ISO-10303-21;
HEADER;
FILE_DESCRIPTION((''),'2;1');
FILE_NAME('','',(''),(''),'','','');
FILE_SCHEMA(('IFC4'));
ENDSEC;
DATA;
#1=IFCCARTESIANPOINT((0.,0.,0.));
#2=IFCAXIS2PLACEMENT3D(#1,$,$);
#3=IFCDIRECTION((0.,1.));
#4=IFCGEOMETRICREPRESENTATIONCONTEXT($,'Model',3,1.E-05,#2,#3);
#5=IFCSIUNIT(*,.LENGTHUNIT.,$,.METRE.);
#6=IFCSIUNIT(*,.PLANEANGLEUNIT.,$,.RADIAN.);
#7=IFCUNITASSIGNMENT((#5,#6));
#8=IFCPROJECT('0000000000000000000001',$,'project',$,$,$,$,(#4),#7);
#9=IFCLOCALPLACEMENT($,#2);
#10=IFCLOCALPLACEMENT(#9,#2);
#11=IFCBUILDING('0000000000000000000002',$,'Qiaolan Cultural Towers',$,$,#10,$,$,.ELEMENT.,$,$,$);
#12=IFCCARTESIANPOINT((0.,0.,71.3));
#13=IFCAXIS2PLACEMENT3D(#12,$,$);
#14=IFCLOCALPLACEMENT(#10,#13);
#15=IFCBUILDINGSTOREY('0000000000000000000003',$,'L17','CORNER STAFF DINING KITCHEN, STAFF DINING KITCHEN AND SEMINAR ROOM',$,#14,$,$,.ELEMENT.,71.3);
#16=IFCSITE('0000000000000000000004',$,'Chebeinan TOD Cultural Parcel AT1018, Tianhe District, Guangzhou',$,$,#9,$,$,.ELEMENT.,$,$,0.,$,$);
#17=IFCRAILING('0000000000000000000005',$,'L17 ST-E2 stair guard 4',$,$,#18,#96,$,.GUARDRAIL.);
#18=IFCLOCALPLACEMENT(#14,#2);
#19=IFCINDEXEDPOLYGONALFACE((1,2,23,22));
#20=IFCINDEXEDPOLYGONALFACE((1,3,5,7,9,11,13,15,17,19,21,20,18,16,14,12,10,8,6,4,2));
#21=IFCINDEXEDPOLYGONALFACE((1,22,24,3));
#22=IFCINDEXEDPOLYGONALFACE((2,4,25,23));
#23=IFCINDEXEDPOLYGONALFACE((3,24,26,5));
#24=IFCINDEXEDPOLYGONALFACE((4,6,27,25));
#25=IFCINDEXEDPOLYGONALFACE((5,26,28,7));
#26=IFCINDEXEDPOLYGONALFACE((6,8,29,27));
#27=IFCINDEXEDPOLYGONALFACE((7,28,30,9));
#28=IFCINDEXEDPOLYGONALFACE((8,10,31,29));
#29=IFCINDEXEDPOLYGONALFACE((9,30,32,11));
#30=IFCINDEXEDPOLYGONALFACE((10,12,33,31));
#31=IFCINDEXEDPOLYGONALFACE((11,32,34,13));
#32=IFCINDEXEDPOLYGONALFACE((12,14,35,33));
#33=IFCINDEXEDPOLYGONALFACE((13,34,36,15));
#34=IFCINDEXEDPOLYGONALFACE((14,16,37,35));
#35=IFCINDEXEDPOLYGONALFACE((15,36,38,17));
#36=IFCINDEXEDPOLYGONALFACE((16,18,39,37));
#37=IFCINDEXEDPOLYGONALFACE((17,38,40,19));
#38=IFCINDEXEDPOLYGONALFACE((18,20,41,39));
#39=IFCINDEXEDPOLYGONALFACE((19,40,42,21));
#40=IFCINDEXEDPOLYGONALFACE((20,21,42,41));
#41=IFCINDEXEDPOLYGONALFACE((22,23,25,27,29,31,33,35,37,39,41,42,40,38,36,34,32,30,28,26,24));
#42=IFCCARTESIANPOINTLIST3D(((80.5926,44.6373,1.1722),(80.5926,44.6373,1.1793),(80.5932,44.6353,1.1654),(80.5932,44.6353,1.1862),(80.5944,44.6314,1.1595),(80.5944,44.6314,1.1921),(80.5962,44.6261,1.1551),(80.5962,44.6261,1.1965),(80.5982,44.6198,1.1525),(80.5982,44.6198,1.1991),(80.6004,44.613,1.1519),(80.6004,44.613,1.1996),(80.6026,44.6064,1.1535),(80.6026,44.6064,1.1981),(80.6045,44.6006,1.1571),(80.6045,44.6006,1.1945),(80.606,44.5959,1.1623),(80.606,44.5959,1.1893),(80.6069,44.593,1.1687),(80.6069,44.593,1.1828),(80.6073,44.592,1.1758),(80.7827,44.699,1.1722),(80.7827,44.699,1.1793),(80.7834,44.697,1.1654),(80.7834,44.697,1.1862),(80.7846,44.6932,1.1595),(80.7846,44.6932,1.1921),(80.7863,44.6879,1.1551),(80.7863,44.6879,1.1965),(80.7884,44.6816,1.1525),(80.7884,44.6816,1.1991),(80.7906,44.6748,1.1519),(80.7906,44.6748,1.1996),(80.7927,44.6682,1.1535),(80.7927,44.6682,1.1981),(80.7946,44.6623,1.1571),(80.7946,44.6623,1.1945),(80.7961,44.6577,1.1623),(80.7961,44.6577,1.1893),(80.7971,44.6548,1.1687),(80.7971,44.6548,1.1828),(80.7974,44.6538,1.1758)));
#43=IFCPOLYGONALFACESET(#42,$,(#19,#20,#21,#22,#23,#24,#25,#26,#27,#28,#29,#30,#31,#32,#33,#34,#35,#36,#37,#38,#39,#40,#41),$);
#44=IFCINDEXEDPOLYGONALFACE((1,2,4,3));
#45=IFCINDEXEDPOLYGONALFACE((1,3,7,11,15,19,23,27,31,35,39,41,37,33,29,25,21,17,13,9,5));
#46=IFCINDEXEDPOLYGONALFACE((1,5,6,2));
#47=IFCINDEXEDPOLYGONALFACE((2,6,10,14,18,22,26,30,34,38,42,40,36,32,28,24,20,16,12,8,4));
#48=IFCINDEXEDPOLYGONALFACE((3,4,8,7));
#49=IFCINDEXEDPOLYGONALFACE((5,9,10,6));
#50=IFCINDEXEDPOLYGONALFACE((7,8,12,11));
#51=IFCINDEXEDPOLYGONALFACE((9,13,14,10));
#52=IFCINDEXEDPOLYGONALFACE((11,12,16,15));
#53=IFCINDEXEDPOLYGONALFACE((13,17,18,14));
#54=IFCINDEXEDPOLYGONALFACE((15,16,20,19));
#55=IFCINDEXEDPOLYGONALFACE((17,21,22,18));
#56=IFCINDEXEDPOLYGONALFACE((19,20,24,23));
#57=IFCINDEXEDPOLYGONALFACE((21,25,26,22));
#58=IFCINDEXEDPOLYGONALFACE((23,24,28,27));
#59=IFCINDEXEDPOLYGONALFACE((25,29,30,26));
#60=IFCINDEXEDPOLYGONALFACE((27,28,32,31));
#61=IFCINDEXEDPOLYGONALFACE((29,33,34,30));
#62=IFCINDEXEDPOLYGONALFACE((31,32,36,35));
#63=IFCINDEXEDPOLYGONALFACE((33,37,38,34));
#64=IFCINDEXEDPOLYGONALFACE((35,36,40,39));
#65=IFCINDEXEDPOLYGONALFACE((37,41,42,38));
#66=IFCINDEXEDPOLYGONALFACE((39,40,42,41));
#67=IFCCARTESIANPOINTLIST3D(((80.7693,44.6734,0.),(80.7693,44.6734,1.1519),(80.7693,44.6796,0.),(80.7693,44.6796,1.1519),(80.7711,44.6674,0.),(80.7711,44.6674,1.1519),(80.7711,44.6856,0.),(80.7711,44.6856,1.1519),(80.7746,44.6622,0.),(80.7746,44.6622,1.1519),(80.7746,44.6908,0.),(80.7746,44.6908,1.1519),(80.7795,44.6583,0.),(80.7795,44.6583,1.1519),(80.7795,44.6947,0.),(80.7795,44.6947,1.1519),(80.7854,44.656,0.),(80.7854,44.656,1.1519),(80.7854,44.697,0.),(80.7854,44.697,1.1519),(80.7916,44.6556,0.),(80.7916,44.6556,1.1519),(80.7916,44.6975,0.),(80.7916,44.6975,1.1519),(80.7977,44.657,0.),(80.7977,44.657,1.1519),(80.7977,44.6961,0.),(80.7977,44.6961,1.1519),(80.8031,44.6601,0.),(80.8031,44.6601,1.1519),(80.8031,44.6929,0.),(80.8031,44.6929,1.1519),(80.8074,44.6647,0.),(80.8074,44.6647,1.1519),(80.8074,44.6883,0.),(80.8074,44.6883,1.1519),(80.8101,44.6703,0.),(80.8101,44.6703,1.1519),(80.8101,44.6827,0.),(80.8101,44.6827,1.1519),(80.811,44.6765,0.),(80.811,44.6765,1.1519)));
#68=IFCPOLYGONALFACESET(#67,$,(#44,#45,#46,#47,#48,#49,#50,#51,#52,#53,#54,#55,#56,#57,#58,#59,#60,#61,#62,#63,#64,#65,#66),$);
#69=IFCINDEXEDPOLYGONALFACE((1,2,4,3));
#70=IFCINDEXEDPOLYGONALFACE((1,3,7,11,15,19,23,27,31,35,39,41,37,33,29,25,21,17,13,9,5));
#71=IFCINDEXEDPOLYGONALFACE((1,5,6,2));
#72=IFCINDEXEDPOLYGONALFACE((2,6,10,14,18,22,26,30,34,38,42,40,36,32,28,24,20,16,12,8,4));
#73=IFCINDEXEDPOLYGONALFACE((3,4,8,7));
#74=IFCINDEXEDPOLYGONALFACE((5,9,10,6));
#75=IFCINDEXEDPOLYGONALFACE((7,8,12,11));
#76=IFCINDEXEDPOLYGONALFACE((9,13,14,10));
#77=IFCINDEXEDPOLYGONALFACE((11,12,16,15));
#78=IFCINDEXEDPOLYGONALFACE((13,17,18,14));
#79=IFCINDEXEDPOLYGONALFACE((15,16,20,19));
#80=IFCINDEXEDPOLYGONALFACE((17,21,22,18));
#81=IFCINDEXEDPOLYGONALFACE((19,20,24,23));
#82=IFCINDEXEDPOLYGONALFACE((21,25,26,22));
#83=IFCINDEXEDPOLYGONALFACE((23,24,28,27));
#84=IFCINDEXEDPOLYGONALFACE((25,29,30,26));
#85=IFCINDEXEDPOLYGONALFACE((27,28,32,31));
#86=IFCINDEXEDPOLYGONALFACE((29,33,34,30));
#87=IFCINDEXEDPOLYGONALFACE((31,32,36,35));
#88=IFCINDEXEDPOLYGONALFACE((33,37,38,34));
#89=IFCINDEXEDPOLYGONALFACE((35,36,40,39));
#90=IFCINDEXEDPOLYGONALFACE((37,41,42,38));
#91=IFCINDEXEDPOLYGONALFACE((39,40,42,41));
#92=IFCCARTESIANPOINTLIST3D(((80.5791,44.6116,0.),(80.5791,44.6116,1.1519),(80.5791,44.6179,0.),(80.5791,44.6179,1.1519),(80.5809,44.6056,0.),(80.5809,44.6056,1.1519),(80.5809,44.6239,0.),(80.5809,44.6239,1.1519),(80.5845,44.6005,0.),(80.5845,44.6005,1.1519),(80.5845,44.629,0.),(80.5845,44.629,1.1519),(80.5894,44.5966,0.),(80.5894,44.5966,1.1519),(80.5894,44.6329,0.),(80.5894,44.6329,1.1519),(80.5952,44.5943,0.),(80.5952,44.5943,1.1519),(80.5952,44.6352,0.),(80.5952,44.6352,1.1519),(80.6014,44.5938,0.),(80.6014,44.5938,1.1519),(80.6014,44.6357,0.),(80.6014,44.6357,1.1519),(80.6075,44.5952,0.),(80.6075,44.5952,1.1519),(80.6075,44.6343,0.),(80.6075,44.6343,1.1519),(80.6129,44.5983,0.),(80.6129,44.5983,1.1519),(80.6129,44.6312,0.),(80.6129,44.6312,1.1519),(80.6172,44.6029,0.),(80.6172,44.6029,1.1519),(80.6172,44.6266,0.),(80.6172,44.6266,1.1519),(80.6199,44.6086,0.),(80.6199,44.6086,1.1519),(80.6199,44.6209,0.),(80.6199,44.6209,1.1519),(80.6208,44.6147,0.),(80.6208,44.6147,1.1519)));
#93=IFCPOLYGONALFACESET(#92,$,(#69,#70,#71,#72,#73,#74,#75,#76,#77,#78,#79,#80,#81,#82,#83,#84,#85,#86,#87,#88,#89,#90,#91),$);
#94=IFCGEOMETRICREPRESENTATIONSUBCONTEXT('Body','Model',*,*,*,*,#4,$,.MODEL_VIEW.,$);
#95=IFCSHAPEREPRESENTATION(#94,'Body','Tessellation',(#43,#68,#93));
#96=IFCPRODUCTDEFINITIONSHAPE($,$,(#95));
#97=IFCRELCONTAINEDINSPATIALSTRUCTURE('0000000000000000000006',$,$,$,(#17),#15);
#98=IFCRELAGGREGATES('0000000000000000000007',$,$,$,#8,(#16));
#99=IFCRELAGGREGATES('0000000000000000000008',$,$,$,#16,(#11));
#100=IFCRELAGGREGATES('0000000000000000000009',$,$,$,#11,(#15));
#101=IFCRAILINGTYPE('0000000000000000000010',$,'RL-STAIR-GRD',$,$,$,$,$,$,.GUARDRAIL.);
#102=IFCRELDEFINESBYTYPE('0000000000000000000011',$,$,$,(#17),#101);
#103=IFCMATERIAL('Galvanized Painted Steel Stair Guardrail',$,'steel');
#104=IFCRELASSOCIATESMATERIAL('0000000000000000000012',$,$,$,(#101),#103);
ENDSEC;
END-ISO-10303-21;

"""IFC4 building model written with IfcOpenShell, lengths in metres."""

from ifc_helpers import new_model, si_unit, direction, frame, origin, origin_2d, place, context, subcontext, project, spatial, circle, extrude, material, type_object, element, save


model = new_model("IFC4")

# Units and contexts
model_context = context("Model", 3, precision=1e-05, world=origin(), true_north=direction((0.0, 1.0)))
body_context = subcontext(model_context, "Body", "Model", "MODEL_VIEW")
ifc_project = project(units=[si_unit("LENGTHUNIT", "METRE"), si_unit("PLANEANGLEUNIT", "RADIAN")], contexts=[model_context])

# Site, building, storey
site_placement = place(None, origin())
site = spatial("IfcSite", under=ifc_project, at=site_placement, Name="Chebeinan TOD Cultural Parcel AT1018, Tianhe District, Guangzhou", CompositionType="ELEMENT", RefElevation=0.0)
building_placement = place(site_placement, origin())
building = spatial("IfcBuilding", under=site, at=building_placement, Name="Qiaolan Cultural Towers", CompositionType="ELEMENT")
storey_placement = place(building_placement, frame((0.0, 0.0, 71.3)))
storey = spatial("IfcBuildingStorey", under=building, at=storey_placement, Name="L17", Description="CORNER STAFF DINING KITCHEN, STAFF DINING KITCHEN AND SEMINAR ROOM", CompositionType="ELEMENT", Elevation=71.3)

# Railing
ifc_material_1 = material(Name="Galvanized Painted Steel Stair Guardrail", Category="steel")
railing_type_1 = type_object("IfcRailingType", Name="RL-STAIR-GRD", PredefinedType="GUARDRAIL", material=ifc_material_1)
railing_1_placement = place(storey_placement, frame((80.79, 44.6765, 0.0)))
element("IfcRailing", 1, at=railing_1_placement, inside=storey, type_object=railing_type_1, Name="L17 ST-E2 stair guard 4", PredefinedType="GUARDRAIL", context=body_context, shape_type="SweptSolid", body=[
    extrude(circle(Radius=0.0239, at=origin_2d()), frame((0.0, 0.0, 1.1758), z_axis=(-0.951097, -0.308893, 0.0), x_axis=(0.308893, -0.951097, 0.0)), (0.0, 0.0, 1.0), 0.2),
    extrude(circle(Radius=0.021, at=origin_2d()), origin(), (0.0, 0.0, 1.0), 1.1519),
    extrude(circle(Radius=0.021, at=origin_2d()), frame((-0.1902, -0.0618, 0.0)), (0.0, 0.0, 1.0), 1.1519),
])

save(model, "model.ifc")
